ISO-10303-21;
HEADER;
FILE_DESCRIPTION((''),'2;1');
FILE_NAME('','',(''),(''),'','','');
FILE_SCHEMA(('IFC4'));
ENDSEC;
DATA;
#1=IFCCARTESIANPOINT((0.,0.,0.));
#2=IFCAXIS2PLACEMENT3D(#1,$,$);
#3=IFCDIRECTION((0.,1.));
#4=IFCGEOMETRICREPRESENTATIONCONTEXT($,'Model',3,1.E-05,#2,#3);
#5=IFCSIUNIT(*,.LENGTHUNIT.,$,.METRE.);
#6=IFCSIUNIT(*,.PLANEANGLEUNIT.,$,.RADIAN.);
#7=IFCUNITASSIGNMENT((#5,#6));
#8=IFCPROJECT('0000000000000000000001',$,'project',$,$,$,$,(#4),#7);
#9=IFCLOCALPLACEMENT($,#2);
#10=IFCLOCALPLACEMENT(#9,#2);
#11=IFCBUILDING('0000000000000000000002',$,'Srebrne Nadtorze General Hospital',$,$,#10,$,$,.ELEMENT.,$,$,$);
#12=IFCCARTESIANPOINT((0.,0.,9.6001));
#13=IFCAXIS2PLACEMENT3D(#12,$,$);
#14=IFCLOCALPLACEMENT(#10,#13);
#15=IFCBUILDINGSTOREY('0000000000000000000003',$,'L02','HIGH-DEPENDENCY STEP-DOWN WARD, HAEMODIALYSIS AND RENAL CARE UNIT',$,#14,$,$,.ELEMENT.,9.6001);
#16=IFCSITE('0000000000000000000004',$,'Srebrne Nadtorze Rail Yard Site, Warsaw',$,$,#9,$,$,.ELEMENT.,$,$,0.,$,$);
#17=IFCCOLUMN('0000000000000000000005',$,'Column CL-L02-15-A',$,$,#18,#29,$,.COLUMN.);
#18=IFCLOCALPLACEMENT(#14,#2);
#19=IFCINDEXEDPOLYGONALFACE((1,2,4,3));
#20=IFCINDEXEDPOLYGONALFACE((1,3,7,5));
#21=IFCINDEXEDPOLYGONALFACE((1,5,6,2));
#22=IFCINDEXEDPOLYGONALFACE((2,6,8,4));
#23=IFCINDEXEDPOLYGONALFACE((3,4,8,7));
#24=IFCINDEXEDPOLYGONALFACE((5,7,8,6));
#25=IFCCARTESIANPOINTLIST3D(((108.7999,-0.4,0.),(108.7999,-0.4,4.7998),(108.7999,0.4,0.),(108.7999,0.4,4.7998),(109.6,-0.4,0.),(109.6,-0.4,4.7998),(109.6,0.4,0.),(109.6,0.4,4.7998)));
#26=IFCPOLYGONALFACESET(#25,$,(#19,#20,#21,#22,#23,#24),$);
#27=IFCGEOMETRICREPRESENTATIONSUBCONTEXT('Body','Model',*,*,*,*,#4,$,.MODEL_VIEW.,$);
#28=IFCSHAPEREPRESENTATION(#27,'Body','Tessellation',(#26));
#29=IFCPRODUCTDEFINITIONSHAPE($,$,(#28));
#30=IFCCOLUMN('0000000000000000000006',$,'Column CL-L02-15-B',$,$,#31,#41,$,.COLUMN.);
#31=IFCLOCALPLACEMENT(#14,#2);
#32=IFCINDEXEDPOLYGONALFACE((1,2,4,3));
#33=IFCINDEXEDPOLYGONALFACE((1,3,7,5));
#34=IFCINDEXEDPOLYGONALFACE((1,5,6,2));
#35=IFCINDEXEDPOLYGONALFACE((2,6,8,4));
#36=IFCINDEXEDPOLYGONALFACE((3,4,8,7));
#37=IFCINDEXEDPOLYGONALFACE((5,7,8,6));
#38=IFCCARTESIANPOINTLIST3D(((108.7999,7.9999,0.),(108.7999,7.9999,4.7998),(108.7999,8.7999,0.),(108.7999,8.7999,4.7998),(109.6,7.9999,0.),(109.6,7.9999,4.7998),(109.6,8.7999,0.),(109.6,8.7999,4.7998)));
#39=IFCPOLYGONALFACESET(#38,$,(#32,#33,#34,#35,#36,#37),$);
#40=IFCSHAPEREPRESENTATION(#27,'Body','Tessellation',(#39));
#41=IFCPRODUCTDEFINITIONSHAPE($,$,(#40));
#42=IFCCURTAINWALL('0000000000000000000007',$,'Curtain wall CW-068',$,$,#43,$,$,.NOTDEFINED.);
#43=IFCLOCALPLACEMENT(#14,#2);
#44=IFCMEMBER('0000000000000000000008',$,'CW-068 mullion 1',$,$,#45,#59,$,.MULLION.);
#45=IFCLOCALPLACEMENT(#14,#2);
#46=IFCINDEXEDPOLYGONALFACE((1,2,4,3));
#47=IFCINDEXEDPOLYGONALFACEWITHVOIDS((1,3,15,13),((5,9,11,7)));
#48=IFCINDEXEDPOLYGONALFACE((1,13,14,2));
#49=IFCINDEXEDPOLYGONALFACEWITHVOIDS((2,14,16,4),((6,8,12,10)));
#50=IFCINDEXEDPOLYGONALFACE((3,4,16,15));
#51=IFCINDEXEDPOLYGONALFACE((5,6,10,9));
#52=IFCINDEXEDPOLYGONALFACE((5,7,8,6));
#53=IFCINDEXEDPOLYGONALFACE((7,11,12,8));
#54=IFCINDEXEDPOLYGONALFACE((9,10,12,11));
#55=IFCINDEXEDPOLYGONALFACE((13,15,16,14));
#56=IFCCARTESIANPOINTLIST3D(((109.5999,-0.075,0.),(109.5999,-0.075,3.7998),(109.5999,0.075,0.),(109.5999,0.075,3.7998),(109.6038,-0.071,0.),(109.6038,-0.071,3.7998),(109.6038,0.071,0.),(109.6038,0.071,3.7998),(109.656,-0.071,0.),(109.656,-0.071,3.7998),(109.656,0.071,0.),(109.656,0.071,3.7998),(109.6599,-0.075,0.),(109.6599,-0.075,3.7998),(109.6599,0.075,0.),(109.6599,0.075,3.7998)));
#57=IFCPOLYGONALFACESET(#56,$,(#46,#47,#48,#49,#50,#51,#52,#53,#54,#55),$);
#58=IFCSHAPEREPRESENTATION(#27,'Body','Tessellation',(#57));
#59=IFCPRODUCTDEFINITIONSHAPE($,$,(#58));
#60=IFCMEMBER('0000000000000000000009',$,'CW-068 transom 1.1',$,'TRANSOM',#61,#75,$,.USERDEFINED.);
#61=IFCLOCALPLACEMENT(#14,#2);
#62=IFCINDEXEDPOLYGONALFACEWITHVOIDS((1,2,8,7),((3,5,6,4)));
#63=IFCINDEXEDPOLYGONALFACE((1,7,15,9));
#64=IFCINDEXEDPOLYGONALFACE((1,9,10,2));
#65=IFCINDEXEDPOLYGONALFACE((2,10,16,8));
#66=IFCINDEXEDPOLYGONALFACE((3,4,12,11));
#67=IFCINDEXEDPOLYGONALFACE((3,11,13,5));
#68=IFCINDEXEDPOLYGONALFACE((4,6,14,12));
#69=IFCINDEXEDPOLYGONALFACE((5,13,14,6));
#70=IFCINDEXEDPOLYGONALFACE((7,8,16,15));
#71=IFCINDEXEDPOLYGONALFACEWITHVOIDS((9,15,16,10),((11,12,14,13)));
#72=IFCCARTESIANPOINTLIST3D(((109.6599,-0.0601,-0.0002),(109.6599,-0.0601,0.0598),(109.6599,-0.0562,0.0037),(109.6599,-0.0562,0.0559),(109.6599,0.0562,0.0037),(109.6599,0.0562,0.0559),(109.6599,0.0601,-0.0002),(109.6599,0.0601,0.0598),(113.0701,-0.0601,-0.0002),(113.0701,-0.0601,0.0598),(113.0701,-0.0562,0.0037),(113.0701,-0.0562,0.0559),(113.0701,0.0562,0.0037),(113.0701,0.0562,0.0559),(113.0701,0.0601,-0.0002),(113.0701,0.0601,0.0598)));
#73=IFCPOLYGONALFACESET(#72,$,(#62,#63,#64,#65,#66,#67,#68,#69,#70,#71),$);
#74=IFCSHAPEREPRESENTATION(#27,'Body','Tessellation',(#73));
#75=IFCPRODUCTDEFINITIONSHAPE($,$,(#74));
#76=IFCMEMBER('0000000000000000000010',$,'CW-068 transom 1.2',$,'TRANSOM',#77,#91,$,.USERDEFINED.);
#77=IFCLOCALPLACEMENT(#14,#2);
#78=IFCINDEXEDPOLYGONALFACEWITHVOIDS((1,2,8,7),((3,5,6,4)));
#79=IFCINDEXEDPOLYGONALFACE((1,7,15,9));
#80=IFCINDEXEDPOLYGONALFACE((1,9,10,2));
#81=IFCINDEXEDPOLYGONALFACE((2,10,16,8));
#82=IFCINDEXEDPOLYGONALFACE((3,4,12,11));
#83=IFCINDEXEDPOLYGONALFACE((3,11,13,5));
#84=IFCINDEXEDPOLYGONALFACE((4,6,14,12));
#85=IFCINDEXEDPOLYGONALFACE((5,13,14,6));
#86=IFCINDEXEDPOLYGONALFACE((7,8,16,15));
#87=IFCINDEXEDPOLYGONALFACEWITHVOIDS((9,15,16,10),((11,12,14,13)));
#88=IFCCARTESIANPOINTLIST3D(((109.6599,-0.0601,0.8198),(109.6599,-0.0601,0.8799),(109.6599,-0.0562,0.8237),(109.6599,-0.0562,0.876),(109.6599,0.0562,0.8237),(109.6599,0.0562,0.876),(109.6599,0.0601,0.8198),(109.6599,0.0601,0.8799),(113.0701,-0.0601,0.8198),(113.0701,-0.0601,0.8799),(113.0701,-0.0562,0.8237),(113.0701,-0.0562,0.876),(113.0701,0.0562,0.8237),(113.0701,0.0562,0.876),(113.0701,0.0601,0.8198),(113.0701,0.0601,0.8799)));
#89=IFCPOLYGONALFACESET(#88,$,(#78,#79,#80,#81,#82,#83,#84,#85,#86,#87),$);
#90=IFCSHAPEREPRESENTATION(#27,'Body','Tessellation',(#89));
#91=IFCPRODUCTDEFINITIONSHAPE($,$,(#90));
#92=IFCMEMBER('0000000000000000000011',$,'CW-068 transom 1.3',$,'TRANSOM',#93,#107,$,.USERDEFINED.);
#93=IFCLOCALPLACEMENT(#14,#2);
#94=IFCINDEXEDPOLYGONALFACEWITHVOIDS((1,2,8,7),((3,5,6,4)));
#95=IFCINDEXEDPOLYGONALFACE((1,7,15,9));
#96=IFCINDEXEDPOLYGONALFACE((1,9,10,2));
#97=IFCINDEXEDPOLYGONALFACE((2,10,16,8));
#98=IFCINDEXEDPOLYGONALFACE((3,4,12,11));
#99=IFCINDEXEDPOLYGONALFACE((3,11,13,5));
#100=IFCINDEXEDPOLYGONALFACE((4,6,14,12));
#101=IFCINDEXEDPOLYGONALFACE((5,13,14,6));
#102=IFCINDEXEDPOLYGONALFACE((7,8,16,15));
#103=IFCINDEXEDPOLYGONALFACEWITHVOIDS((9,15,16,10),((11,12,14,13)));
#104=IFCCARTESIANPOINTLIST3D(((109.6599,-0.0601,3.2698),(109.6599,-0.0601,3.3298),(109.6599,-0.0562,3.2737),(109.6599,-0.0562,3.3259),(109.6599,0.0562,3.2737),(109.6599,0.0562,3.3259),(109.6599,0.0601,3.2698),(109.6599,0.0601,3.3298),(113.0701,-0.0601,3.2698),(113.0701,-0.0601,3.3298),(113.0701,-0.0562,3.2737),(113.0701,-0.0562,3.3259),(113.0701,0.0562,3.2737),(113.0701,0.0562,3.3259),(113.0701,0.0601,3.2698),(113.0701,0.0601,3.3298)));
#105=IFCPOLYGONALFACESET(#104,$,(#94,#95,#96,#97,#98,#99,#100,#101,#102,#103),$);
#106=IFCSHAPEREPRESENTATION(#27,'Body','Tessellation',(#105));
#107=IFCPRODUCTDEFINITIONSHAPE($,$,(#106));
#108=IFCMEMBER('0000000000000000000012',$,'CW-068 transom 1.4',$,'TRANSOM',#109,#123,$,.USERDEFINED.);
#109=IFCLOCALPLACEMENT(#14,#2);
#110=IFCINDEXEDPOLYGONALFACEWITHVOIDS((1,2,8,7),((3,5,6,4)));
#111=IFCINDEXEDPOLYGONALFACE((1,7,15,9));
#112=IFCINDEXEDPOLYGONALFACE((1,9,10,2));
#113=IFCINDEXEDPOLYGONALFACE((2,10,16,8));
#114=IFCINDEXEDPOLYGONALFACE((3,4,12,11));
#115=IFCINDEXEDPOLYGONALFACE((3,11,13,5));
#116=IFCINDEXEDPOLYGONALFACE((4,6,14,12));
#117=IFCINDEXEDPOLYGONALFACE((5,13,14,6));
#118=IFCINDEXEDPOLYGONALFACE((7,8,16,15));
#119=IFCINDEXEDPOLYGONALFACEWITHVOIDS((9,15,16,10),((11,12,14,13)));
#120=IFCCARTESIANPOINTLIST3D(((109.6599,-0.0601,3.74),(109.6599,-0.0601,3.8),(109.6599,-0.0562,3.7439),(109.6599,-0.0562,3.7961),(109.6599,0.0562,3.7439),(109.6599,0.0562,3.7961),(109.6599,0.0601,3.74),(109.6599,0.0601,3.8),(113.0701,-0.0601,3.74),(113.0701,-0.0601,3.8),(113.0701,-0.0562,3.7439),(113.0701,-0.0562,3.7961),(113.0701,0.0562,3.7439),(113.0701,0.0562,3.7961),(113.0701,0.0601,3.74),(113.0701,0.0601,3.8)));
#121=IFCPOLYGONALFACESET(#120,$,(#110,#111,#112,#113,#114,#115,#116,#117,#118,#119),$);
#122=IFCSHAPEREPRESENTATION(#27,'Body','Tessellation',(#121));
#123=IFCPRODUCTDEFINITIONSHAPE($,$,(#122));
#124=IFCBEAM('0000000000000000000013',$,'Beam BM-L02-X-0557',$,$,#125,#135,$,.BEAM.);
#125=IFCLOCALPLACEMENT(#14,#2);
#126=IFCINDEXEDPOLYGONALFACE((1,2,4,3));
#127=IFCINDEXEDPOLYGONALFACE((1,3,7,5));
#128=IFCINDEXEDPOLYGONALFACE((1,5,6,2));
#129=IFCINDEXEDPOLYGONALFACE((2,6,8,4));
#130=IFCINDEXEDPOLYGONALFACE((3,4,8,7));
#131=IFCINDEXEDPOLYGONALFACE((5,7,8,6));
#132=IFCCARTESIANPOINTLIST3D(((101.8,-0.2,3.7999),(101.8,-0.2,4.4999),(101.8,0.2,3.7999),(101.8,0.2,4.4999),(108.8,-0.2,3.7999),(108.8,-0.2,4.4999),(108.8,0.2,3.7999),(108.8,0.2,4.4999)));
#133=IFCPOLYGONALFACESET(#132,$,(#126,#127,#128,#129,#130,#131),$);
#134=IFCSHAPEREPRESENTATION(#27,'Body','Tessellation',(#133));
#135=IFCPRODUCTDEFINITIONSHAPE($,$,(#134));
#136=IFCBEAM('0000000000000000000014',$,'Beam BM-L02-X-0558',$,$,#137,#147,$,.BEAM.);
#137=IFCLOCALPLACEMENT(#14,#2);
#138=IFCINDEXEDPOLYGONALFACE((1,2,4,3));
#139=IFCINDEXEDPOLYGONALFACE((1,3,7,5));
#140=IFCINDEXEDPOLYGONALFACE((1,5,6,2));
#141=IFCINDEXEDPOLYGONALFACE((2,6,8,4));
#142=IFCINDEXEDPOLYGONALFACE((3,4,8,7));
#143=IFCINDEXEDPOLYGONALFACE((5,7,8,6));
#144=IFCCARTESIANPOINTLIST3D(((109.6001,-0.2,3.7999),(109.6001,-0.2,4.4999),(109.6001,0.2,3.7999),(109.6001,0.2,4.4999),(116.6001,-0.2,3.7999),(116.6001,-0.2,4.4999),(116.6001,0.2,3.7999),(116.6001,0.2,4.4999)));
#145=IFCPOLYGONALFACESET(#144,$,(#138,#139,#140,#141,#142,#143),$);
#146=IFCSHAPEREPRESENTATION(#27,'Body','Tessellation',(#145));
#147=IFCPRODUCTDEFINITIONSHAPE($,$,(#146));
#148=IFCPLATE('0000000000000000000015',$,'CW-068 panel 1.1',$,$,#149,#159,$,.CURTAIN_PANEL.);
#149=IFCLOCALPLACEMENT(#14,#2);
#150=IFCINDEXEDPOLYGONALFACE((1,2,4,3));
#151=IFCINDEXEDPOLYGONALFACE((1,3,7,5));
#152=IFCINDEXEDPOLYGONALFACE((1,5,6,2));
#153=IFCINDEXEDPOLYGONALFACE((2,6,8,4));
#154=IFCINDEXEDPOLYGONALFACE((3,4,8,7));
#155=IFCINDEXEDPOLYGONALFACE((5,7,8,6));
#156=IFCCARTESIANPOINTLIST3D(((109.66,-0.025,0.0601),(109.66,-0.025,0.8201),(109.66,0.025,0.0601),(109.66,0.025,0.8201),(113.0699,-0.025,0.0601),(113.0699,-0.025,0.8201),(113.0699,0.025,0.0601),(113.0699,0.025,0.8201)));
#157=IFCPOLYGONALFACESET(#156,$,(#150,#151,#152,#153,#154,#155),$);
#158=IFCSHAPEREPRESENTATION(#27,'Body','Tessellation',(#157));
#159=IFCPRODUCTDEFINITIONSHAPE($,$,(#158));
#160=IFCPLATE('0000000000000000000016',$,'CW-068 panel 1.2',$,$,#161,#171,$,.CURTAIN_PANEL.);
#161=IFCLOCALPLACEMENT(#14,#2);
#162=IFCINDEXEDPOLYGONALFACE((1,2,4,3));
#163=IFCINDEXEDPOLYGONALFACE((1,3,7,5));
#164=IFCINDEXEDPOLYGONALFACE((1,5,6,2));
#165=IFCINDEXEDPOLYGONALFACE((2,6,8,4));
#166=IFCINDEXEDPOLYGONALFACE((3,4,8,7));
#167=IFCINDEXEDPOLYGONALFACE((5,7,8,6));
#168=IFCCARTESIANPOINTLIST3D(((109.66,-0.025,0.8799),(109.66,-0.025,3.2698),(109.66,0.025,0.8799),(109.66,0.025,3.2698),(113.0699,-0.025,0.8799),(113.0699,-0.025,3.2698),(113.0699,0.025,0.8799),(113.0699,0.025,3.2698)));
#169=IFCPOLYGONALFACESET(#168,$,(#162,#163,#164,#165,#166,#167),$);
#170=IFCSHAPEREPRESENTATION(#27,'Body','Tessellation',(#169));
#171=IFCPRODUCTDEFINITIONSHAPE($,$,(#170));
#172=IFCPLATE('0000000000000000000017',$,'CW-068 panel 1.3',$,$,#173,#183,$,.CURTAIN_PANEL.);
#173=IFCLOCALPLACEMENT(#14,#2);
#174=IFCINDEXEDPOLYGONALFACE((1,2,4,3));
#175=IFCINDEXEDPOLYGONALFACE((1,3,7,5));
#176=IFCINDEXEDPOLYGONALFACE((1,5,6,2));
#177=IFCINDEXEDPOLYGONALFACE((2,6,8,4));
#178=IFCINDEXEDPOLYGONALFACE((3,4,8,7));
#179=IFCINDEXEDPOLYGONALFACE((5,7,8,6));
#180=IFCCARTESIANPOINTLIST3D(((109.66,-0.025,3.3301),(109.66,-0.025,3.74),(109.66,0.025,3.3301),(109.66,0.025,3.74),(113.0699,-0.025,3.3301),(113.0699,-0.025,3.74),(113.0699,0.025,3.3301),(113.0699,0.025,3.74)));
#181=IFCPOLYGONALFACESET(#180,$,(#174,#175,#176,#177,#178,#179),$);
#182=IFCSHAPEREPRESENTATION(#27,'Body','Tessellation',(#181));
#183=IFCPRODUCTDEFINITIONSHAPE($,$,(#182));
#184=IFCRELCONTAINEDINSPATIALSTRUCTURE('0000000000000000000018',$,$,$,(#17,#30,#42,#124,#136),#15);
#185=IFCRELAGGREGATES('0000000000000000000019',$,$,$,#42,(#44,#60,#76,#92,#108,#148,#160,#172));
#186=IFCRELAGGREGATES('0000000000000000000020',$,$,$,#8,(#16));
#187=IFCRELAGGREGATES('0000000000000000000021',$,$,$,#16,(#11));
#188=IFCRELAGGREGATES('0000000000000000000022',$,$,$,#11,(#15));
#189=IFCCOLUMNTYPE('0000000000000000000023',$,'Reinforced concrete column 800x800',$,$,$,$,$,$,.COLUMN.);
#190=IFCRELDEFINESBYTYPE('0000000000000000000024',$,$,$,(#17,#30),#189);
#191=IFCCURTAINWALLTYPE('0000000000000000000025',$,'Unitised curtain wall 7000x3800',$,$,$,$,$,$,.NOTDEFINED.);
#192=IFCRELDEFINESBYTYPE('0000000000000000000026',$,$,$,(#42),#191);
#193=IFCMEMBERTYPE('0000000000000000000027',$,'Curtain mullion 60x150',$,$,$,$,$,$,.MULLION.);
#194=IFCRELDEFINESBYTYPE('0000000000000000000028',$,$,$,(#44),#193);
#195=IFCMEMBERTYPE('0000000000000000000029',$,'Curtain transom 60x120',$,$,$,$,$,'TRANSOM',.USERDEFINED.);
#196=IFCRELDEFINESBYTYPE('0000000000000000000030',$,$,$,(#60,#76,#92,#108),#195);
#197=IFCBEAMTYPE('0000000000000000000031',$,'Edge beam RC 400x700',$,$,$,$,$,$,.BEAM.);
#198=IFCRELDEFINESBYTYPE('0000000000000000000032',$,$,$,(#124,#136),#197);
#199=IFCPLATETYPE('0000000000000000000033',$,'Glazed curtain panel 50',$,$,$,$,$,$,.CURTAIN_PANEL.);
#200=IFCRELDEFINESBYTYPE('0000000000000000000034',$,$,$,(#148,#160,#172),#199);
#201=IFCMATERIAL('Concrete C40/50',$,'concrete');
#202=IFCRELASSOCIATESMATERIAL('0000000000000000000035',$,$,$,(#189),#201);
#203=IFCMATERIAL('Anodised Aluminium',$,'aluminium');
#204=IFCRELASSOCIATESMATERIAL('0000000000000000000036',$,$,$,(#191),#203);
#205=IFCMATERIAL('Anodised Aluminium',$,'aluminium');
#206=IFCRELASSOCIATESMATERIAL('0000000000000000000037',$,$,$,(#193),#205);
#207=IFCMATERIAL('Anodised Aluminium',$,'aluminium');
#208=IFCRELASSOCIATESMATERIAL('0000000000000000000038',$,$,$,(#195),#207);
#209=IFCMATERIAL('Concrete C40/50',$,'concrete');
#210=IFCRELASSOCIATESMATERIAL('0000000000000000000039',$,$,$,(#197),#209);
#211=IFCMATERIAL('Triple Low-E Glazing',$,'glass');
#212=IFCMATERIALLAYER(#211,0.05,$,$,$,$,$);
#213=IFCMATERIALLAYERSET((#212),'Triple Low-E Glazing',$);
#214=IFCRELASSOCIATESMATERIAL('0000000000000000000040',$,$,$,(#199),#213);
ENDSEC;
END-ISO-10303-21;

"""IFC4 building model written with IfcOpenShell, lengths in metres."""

from ifc_helpers import new_model, si_unit, direction, frame, origin, origin_2d, place, context, subcontext, project, spatial, rectangle, hollow_rectangle, extrude, material, layer, layer_set, material_profile, profile_set, type_object, element, aggregate, save


model = new_model("IFC4")

# Units and contexts
model_context = context("Model", 3, precision=1e-05, world=origin(), true_north=direction((0.0, 1.0)))
body_context = subcontext(model_context, "Body", "Model", "MODEL_VIEW")
ifc_project = project(units=[si_unit("LENGTHUNIT", "METRE"), si_unit("PLANEANGLEUNIT", "RADIAN")], contexts=[model_context])

# Site, building, storey
site_placement = place(None, origin())
site = spatial("IfcSite", under=ifc_project, at=site_placement, Name="Srebrne Nadtorze Rail Yard Site, Warsaw", CompositionType="ELEMENT", RefElevation=0.0)
building_placement = place(site_placement, origin())
building = spatial("IfcBuilding", under=site, at=building_placement, Name="Srebrne Nadtorze General Hospital", CompositionType="ELEMENT")
storey_placement = place(building_placement, frame((0.0, 0.0, 9.6001)))
storey = spatial("IfcBuildingStorey", under=building, at=storey_placement, Name="L02", Description="HIGH-DEPENDENCY STEP-DOWN WARD, HAEMODIALYSIS AND RENAL CARE UNIT", CompositionType="ELEMENT", Elevation=9.6001)

# Columns
ifc_material_1 = material(Name="Concrete C40/50", Category="concrete")
ifc_material_profile_1 = material_profile(ifc_material_1, rectangle(XDim=0.8, YDim=0.8, at=origin_2d()), Name="RC-COL-800x800")
ifc_profile_set_1 = profile_set([ifc_material_profile_1], Name="Concrete C40/50")
column_type = type_object("IfcColumnType", Name="Reinforced concrete column 800x800", PredefinedType="COLUMN", material=ifc_profile_set_1)
for number, where, z_axis, x_axis, name in (
    (1, (109.2, 0.0, 0.0), (0.0, 0.0, 1.0), (1.0, 0.0, 0.0), "Column CL-L02-15-A"),
    (2, (109.2, 8.3999, 0.0), (0.0, 0.0, 1.0), (1.0, 0.0, 0.0), "Column CL-L02-15-B"),
):
    element("IfcColumn", number, at=place(storey_placement, frame(where, z_axis=z_axis, x_axis=x_axis)), inside=storey, type_object=column_type, Name=name, PredefinedType="COLUMN", context=body_context, shape_type="SweptSolid", body=[
        extrude(rectangle(XDim=0.8, YDim=0.8, at=origin_2d()), origin(), (0.0, 0.0, 1.0), 4.7998),
    ])

# Curtain wall, members
ifc_material_2 = material(Name="Anodised Aluminium", Category="aluminium")
curtain_wall_type = type_object("IfcCurtainWallType", Name="Unitised curtain wall 7000x3800", PredefinedType="NOTDEFINED", material=ifc_material_2)
curtain_wall_placement = place(storey_placement, origin())
curtain_wall = element("IfcCurtainWall", 3, at=curtain_wall_placement, inside=storey, type_object=curtain_wall_type, Name="Curtain wall CW-068", PredefinedType="NOTDEFINED")
ifc_material_3 = material(Name="Anodised Aluminium", Category="aluminium")
ifc_material_profile_2 = material_profile(ifc_material_3, hollow_rectangle(XDim=0.0601, YDim=0.1499, WallThickness=0.0039, at=origin_2d()), Name="AL-MUL-60x150")
ifc_profile_set_2 = profile_set([ifc_material_profile_2], Name="Anodised Aluminium")
member_type_1 = type_object("IfcMemberType", Name="Curtain mullion 60x150", PredefinedType="MULLION", material=ifc_profile_set_2)
member_1_placement = place(storey_placement, frame((109.6299, 0.0, 0.0), z_axis=(0.0, 0.0, 1.0), x_axis=(1.0, 0.0, 0.0)))
member_1 = element("IfcMember", 4, at=member_1_placement, type_object=member_type_1, Name="CW-068 mullion 1", PredefinedType="MULLION", context=body_context, shape_type="SweptSolid", body=[
    extrude(hollow_rectangle(XDim=0.0601, YDim=0.1499, WallThickness=0.0039, at=origin_2d()), origin(), (0.0, 0.0, 1.0), 3.7998),
])
ifc_material_4 = material(Name="Anodised Aluminium", Category="aluminium")
ifc_material_profile_3 = material_profile(ifc_material_4, hollow_rectangle(XDim=0.0601, YDim=0.1201, WallThickness=0.0039, at=origin_2d()), Name="AL-TRN-60x120")
ifc_profile_set_3 = profile_set([ifc_material_profile_3], Name="Anodised Aluminium")
member_type_2 = type_object("IfcMemberType", Name="Curtain transom 60x120", ElementType="TRANSOM", PredefinedType="USERDEFINED", material=ifc_profile_set_3)
member_2_placement = place(storey_placement, frame((109.6599, 0.0, 0.0298), z_axis=(1.0, 0.0, 0.0), x_axis=(0.0, 0.0, 1.0)))
member_2 = element("IfcMember", 5, at=member_2_placement, type_object=member_type_2, Name="CW-068 transom 1.1", ObjectType="TRANSOM", PredefinedType="USERDEFINED", context=body_context, shape_type="SweptSolid", body=[
    extrude(hollow_rectangle(XDim=0.0601, YDim=0.1201, WallThickness=0.0039, at=origin_2d()), origin(), (0.0, 0.0, 1.0), 3.4102),
])
member_3_placement = place(storey_placement, frame((109.6599, 0.0, 0.8499), z_axis=(1.0, 0.0, 0.0), x_axis=(0.0, 0.0, 1.0)))
member_3 = element("IfcMember", 6, at=member_3_placement, type_object=member_type_2, Name="CW-068 transom 1.2", ObjectType="TRANSOM", PredefinedType="USERDEFINED", context=body_context, shape_type="SweptSolid", body=[
    extrude(hollow_rectangle(XDim=0.0601, YDim=0.1201, WallThickness=0.0039, at=origin_2d()), origin(), (0.0, 0.0, 1.0), 3.4102),
])
member_4_placement = place(storey_placement, frame((109.6599, 0.0, 3.2998), z_axis=(1.0, 0.0, 0.0), x_axis=(0.0, 0.0, 1.0)))
member_4 = element("IfcMember", 7, at=member_4_placement, type_object=member_type_2, Name="CW-068 transom 1.3", ObjectType="TRANSOM", PredefinedType="USERDEFINED", context=body_context, shape_type="SweptSolid", body=[
    extrude(hollow_rectangle(XDim=0.0601, YDim=0.1201, WallThickness=0.0039, at=origin_2d()), origin(), (0.0, 0.0, 1.0), 3.4102),
])
member_5_placement = place(storey_placement, frame((109.6599, 0.0, 3.77), z_axis=(1.0, 0.0, 0.0), x_axis=(0.0, 0.0, 1.0)))
member_5 = element("IfcMember", 8, at=member_5_placement, type_object=member_type_2, Name="CW-068 transom 1.4", ObjectType="TRANSOM", PredefinedType="USERDEFINED", context=body_context, shape_type="SweptSolid", body=[
    extrude(hollow_rectangle(XDim=0.0601, YDim=0.1201, WallThickness=0.0039, at=origin_2d()), origin(), (0.0, 0.0, 1.0), 3.4102),
])

# Beams
ifc_material_5 = material(Name="Concrete C40/50", Category="concrete")
ifc_material_profile_4 = material_profile(ifc_material_5, rectangle(XDim=0.3999, YDim=0.7, at=origin_2d()), Name="RC-BM-400x700")
ifc_profile_set_4 = profile_set([ifc_material_profile_4], Name="Concrete C40/50")
beam_type = type_object("IfcBeamType", Name="Edge beam RC 400x700", PredefinedType="BEAM", material=ifc_profile_set_4)
for number, where, z_axis, x_axis, name in (
    (9, (101.8, 0.0, 4.1499), (1.0, 0.0, 0.0), (0.0, 1.0, 0.0), "Beam BM-L02-X-0557"),
    (10, (109.6001, 0.0, 4.1499), (1.0, 0.0, 0.0), (0.0, 1.0, 0.0), "Beam BM-L02-X-0558"),
):
    element("IfcBeam", number, at=place(storey_placement, frame(where, z_axis=z_axis, x_axis=x_axis)), inside=storey, type_object=beam_type, Name=name, PredefinedType="BEAM", context=body_context, shape_type="SweptSolid", body=[
        extrude(rectangle(XDim=0.3999, YDim=0.7, at=origin_2d()), origin(), (0.0, 0.0, 1.0), 7.0),
    ])

# Plates
ifc_material_6 = material(Name="Triple Low-E Glazing", Category="glass")
ifc_layer_1 = layer(ifc_material_6, 0.05)
ifc_layer_set_1 = layer_set([ifc_layer_1], Name="Triple Low-E Glazing")
plate_type = type_object("IfcPlateType", Name="Glazed curtain panel 50", PredefinedType="CURTAIN_PANEL", material=ifc_layer_set_1)
plate_1_placement = place(storey_placement, frame((111.365, 0.0, 0.0601), z_axis=(0.0, 0.0, 1.0), x_axis=(1.0, 0.0, 0.0)))
plate_1 = element("IfcPlate", 11, at=plate_1_placement, type_object=plate_type, Name="CW-068 panel 1.1", PredefinedType="CURTAIN_PANEL", context=body_context, shape_type="SweptSolid", body=[
    extrude(rectangle(XDim=3.4099, YDim=0.05, at=origin_2d()), origin(), (0.0, 0.0, 1.0), 0.76),
])
plate_2_placement = place(storey_placement, frame((111.365, 0.0, 0.8799), z_axis=(0.0, 0.0, 1.0), x_axis=(1.0, 0.0, 0.0)))
plate_2 = element("IfcPlate", 12, at=plate_2_placement, type_object=plate_type, Name="CW-068 panel 1.2", PredefinedType="CURTAIN_PANEL", context=body_context, shape_type="SweptSolid", body=[
    extrude(rectangle(XDim=3.4099, YDim=0.05, at=origin_2d()), origin(), (0.0, 0.0, 1.0), 2.3899),
])
plate_3_placement = place(storey_placement, frame((111.365, 0.0, 3.3301), z_axis=(0.0, 0.0, 1.0), x_axis=(1.0, 0.0, 0.0)))
plate_3 = element("IfcPlate", 13, at=plate_3_placement, type_object=plate_type, Name="CW-068 panel 1.3", PredefinedType="CURTAIN_PANEL", context=body_context, shape_type="SweptSolid", body=[
    extrude(rectangle(XDim=3.4099, YDim=0.05, at=origin_2d()), origin(), (0.0, 0.0, 1.0), 0.4099),
])
aggregate(curtain_wall, [member_1, member_2, member_3, member_4, member_5, plate_1, plate_2, plate_3])

save(model, "model.ifc")
